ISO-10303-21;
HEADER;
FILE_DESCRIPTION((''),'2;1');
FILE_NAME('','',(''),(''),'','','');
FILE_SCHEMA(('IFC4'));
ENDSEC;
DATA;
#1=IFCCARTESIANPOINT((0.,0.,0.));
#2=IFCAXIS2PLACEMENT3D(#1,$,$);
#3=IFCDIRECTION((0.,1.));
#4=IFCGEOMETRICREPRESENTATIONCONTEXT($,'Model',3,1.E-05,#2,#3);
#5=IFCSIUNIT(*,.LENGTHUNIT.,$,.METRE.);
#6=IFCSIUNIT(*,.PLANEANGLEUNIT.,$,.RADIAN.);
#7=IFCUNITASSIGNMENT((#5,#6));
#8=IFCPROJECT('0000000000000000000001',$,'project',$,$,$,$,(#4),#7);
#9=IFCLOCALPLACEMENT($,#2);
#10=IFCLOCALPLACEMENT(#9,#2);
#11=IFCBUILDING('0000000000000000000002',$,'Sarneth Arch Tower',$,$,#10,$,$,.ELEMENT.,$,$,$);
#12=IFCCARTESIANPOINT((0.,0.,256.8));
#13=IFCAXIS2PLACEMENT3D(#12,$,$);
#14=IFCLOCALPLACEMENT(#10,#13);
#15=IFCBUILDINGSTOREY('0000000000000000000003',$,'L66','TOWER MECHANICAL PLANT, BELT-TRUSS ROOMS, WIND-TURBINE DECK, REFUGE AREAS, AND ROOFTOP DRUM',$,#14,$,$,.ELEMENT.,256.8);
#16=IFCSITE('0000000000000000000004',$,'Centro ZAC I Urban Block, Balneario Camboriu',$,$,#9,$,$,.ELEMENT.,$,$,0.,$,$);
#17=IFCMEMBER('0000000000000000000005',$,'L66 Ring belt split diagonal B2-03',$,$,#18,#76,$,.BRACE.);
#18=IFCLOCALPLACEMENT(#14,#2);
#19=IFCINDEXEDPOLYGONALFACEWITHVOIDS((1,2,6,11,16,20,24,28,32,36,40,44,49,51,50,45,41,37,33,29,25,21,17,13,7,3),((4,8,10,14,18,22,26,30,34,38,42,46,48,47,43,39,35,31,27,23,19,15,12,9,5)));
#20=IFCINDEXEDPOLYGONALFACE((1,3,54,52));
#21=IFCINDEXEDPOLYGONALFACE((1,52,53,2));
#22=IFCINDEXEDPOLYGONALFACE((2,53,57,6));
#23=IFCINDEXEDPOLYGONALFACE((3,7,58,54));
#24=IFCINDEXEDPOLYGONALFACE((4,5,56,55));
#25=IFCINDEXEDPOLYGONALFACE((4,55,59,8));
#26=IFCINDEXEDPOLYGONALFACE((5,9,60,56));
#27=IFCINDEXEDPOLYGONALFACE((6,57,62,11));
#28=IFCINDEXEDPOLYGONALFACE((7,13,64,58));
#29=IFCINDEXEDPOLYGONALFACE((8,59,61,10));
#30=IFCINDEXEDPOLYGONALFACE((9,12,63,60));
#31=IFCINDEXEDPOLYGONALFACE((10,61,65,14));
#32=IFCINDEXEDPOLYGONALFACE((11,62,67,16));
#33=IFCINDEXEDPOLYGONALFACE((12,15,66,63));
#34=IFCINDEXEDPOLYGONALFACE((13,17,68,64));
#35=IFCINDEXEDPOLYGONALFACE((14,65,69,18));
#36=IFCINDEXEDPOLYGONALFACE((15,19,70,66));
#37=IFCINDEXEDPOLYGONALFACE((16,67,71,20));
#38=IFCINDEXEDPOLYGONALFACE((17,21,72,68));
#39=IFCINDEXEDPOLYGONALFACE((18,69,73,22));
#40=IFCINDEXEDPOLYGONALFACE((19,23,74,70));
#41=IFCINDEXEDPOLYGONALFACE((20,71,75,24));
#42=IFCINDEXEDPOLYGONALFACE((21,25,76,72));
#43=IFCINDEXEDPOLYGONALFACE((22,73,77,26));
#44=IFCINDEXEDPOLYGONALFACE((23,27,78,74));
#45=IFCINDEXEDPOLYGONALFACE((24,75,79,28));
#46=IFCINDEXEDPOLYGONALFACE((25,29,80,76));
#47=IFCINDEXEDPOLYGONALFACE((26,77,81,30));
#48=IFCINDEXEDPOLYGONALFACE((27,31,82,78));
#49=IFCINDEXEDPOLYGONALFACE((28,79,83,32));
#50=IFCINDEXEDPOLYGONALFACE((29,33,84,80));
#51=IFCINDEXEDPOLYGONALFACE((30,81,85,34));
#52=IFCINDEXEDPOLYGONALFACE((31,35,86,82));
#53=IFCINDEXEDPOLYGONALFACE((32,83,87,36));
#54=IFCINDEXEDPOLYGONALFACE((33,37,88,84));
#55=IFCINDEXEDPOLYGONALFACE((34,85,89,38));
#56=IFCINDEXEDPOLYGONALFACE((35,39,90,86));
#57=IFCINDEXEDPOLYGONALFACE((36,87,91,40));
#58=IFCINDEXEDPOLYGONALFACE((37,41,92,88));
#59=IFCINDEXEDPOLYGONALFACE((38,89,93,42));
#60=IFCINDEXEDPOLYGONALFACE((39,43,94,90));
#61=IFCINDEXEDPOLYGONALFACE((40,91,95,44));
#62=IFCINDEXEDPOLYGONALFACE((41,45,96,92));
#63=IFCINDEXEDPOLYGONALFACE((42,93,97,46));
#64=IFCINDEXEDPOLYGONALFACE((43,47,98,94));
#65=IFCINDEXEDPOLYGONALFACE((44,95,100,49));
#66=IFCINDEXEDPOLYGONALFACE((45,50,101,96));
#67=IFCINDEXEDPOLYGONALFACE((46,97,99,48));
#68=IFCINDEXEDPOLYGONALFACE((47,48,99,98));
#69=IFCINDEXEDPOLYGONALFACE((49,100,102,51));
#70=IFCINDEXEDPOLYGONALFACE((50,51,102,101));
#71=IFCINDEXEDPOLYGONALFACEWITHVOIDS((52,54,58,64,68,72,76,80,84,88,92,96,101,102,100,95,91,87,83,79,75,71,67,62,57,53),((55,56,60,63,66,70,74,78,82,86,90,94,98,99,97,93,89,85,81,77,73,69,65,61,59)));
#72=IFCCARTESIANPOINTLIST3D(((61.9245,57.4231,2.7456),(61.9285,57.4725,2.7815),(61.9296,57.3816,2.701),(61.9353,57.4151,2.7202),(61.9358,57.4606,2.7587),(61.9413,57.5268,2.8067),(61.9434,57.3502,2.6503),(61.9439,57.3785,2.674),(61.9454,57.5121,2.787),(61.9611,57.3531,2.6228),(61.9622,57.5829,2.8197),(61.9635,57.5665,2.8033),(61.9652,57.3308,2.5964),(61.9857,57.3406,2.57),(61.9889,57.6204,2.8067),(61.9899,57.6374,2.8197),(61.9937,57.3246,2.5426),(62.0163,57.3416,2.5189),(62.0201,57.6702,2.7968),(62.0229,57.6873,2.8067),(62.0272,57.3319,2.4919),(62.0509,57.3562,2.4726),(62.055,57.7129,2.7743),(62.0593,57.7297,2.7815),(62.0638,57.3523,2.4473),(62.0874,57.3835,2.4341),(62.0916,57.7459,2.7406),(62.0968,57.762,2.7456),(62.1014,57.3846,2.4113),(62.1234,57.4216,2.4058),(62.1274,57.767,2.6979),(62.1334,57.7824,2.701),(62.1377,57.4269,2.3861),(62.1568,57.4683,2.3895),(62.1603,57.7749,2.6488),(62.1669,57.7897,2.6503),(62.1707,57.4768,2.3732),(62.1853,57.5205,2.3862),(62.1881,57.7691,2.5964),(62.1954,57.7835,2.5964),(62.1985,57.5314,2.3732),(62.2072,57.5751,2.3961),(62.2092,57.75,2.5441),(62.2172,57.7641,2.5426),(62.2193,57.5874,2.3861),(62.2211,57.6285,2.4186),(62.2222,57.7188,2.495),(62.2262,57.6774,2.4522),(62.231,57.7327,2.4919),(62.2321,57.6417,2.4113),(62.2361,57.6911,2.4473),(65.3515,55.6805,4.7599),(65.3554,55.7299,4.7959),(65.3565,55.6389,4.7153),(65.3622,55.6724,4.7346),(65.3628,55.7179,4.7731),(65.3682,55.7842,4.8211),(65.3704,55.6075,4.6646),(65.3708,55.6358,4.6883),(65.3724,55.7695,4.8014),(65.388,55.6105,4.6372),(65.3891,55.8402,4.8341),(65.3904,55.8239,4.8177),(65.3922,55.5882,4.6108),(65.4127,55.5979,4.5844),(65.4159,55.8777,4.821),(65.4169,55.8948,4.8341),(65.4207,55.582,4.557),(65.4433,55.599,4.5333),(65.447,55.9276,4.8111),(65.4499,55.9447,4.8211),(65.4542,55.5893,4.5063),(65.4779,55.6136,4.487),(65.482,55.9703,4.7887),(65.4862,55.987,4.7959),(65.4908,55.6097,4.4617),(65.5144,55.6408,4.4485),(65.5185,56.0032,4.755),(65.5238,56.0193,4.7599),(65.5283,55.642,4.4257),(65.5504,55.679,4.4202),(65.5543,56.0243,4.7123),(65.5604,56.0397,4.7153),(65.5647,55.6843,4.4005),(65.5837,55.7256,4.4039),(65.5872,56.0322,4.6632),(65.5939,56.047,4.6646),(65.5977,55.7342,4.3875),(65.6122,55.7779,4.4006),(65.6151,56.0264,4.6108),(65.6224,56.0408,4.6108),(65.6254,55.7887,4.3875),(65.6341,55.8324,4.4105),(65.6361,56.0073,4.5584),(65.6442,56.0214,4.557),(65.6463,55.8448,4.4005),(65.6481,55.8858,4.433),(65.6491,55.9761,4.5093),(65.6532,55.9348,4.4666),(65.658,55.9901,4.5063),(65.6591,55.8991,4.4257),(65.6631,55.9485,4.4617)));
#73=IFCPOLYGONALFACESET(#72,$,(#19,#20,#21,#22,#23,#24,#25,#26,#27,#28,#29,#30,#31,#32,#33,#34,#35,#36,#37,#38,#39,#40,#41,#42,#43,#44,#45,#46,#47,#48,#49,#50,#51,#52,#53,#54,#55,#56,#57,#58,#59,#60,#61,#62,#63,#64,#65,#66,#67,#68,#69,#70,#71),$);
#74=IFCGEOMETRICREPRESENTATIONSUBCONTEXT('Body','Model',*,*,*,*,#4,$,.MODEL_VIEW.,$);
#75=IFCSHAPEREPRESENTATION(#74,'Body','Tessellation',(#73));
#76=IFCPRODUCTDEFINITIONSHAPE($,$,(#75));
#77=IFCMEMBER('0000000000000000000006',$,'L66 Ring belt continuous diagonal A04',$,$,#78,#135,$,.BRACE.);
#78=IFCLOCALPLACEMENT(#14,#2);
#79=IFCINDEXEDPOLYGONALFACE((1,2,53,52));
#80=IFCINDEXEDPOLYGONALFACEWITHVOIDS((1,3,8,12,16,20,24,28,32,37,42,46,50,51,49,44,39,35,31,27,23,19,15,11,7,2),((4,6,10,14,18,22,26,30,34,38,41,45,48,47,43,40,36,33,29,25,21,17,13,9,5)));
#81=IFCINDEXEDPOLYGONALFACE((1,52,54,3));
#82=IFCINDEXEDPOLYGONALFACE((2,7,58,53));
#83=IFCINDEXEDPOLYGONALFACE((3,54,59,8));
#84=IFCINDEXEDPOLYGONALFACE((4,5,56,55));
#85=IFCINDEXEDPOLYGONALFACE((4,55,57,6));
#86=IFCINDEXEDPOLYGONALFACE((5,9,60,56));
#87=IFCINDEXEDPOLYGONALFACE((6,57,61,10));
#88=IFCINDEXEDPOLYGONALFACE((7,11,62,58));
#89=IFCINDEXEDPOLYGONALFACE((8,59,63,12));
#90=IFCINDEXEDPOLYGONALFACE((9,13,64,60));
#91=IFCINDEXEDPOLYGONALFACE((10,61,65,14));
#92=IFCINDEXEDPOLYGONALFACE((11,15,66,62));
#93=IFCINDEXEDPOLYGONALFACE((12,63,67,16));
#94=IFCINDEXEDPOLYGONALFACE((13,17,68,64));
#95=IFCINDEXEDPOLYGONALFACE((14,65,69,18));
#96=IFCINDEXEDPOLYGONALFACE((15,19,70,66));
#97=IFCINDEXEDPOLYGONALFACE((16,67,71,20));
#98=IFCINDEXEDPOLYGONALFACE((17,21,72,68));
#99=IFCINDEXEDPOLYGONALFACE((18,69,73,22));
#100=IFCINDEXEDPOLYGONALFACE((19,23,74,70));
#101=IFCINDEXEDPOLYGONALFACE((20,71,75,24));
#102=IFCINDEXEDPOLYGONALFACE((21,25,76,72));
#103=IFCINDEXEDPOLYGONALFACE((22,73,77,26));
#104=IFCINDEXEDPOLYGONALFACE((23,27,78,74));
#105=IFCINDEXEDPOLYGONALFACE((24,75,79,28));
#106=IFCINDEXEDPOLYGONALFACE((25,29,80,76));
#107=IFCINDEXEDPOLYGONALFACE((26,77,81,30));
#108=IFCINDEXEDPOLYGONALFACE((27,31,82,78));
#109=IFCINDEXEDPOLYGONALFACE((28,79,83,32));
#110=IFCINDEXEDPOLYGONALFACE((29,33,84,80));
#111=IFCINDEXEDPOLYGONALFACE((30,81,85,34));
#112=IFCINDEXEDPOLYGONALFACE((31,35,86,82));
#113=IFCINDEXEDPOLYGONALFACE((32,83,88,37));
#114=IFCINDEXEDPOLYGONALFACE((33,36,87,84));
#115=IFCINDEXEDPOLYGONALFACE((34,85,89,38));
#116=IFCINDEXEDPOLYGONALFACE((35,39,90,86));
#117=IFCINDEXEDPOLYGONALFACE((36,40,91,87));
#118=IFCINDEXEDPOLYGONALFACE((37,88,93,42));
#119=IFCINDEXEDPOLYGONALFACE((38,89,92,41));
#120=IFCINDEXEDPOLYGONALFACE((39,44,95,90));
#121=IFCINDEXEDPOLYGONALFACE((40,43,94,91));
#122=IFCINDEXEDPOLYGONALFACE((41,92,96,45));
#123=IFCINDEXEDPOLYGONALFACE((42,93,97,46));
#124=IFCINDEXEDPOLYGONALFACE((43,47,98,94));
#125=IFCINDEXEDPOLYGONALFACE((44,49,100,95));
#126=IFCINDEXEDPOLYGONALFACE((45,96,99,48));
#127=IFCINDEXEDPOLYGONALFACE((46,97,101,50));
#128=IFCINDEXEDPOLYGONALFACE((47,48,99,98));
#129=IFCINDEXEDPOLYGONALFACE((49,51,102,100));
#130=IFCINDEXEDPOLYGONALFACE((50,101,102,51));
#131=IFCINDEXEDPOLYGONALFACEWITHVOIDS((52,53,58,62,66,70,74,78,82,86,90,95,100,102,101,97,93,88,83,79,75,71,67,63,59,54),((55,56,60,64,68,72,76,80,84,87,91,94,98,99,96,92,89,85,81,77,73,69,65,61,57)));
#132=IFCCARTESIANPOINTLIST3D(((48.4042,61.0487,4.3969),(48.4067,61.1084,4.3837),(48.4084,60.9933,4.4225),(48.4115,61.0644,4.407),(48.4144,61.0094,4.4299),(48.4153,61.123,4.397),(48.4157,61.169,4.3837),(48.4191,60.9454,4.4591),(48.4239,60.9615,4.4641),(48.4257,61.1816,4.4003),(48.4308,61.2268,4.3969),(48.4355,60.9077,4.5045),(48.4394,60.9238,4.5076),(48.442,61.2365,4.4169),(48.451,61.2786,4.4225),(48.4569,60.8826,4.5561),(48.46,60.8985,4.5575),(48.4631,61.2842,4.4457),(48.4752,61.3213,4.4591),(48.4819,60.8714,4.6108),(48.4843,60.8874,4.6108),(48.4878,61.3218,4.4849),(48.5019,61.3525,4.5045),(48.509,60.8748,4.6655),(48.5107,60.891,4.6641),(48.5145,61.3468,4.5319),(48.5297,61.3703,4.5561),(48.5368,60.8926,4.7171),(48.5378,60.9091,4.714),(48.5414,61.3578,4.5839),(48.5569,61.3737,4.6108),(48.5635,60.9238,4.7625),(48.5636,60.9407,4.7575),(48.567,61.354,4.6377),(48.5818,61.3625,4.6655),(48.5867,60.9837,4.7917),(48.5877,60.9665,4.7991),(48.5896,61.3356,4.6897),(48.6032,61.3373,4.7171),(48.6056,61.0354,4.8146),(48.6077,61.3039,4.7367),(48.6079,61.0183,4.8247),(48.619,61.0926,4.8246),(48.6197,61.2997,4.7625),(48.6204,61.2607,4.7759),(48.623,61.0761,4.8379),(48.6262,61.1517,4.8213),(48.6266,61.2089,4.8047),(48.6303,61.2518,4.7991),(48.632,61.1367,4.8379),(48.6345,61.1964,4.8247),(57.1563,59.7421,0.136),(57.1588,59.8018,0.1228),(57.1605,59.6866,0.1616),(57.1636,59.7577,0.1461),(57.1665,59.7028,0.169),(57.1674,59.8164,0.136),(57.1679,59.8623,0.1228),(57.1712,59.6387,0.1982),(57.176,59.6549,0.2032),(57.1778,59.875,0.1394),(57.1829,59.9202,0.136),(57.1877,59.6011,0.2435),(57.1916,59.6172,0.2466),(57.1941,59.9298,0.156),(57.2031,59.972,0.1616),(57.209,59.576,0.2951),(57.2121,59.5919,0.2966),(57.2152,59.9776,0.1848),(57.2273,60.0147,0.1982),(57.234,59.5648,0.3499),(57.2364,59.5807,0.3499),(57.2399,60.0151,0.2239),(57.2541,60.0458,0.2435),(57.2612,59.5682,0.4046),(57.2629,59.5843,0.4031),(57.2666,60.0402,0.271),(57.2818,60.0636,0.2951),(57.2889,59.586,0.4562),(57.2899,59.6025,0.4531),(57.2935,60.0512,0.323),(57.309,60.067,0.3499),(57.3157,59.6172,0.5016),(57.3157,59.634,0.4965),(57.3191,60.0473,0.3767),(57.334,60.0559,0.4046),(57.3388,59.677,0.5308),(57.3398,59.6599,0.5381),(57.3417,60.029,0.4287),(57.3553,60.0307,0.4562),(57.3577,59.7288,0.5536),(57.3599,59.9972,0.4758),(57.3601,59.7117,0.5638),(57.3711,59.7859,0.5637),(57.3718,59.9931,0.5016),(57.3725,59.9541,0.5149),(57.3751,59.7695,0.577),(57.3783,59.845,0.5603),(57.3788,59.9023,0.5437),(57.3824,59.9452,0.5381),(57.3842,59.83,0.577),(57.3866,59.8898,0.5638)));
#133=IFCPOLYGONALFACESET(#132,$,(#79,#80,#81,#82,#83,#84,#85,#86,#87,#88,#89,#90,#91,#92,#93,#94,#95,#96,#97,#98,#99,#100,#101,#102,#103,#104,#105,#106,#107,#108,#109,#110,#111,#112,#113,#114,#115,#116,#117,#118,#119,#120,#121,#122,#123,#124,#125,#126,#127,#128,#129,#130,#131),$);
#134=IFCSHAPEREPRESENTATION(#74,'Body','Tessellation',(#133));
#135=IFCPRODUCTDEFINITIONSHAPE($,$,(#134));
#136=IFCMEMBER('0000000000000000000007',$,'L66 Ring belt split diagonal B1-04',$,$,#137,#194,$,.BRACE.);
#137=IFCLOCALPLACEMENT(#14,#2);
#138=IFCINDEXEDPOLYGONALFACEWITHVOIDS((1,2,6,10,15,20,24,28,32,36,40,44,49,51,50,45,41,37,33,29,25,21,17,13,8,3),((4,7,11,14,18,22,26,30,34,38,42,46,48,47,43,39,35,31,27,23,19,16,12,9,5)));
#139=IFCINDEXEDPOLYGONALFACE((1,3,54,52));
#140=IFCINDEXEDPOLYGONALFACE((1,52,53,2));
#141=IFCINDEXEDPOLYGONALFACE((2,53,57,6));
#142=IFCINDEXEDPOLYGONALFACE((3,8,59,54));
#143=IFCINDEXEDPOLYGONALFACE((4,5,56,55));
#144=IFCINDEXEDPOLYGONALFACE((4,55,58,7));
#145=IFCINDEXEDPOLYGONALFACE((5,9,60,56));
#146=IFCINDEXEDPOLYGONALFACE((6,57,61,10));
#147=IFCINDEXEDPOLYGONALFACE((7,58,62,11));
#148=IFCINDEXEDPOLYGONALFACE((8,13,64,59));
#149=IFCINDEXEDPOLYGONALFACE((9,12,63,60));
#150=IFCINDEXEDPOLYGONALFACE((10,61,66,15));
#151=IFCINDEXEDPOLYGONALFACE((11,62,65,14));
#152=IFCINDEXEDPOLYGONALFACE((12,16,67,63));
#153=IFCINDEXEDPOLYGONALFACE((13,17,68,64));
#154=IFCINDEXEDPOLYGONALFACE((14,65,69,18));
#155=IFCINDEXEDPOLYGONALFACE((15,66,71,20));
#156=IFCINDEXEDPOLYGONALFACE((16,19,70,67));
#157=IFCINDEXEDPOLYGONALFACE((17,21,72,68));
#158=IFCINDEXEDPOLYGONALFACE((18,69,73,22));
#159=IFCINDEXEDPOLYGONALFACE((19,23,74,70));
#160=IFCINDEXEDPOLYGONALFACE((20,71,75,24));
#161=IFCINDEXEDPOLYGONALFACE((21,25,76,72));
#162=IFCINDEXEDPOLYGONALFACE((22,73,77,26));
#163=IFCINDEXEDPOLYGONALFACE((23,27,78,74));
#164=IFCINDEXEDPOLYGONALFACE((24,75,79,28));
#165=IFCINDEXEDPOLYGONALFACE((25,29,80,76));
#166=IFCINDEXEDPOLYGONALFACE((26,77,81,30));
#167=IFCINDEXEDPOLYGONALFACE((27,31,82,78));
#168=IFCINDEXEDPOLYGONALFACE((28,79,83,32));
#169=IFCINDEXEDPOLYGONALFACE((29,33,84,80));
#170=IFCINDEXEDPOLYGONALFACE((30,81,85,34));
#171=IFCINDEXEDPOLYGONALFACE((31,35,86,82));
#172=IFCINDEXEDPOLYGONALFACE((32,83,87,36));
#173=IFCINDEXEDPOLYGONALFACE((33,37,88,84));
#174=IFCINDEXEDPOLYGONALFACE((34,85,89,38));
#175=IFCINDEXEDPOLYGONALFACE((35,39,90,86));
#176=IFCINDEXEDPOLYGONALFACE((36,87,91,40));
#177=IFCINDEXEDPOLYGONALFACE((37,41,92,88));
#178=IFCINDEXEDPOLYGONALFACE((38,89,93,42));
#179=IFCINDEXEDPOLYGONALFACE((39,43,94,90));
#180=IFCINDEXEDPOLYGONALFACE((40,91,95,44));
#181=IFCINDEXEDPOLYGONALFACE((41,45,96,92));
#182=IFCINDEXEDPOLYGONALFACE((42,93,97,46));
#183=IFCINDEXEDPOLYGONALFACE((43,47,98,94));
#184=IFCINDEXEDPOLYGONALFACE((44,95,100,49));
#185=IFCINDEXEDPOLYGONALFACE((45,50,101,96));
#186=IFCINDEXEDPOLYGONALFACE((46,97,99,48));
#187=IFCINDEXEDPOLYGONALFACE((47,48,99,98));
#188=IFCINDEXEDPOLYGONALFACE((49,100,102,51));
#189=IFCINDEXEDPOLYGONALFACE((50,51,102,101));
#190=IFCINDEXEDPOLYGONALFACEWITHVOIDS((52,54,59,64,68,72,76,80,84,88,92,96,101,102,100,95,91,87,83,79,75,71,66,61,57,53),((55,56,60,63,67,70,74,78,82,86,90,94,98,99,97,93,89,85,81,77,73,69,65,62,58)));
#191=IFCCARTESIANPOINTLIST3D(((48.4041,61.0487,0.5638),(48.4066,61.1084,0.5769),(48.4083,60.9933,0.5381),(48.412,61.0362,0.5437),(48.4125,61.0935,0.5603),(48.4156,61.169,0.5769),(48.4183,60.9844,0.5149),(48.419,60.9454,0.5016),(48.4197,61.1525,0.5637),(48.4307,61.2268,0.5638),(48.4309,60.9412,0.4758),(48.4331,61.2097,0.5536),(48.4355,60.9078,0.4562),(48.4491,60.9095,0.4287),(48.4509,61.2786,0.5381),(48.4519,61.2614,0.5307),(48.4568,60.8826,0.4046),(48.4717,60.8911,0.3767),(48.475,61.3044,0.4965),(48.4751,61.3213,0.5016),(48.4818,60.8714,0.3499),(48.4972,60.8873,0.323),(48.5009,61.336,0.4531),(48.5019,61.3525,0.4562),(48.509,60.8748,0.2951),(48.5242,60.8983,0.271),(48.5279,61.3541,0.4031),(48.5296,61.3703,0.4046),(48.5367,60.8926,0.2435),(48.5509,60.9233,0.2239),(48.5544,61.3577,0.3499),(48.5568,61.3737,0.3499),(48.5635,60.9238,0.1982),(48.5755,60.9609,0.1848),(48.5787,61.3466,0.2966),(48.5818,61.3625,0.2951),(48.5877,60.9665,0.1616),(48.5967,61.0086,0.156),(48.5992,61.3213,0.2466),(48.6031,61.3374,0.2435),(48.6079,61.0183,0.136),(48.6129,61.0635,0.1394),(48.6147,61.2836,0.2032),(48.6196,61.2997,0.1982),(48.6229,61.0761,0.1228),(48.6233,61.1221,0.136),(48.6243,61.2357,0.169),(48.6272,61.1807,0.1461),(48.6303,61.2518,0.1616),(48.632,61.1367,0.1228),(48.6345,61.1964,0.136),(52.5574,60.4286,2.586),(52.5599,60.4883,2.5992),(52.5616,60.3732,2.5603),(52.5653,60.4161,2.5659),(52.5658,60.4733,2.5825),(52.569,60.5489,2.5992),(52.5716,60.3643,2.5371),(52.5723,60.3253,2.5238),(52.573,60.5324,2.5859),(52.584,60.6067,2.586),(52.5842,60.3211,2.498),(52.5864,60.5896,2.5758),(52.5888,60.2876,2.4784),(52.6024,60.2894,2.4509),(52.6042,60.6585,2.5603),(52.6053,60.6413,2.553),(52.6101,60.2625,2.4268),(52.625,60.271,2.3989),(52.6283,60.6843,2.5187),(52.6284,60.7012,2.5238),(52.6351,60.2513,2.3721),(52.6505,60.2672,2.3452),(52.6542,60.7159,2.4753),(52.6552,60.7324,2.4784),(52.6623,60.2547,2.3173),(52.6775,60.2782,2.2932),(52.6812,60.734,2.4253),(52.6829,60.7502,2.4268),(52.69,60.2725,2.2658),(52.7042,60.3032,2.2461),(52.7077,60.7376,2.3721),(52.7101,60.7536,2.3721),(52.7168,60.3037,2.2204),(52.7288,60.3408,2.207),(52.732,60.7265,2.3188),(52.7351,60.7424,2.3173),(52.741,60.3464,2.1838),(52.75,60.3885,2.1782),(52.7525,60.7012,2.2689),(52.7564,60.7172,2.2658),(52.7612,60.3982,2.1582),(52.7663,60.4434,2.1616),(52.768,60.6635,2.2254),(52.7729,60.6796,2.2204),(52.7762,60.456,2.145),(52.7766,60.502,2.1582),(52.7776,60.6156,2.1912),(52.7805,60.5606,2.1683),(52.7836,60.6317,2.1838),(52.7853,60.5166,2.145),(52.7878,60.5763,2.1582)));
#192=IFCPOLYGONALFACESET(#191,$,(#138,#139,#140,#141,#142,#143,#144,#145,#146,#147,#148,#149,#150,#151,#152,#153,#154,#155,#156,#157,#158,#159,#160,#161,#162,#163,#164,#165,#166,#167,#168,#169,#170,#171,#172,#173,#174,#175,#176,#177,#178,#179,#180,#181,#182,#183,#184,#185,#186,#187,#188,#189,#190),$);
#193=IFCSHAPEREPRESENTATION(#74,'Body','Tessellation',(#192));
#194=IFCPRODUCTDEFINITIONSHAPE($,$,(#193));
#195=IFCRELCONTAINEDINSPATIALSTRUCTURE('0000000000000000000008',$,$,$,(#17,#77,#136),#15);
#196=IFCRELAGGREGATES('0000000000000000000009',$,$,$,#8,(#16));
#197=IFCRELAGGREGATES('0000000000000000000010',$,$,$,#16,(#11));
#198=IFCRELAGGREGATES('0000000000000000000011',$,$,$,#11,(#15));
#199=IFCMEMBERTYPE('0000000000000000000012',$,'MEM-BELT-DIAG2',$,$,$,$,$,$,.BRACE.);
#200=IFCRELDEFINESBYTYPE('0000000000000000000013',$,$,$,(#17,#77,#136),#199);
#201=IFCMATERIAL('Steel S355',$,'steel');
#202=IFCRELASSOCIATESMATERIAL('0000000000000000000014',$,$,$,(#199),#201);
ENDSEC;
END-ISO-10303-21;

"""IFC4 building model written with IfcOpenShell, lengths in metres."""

from ifc_helpers import new_model, si_unit, direction, frame, origin, origin_2d, place, context, subcontext, project, spatial, hollow_circle, extrude, material, material_profile, profile_set, type_object, element, save


model = new_model("IFC4")

# Units and contexts
model_context = context("Model", 3, precision=1e-05, world=origin(), true_north=direction((0.0, 1.0)))
body_context = subcontext(model_context, "Body", "Model", "MODEL_VIEW")
ifc_project = project(units=[si_unit("LENGTHUNIT", "METRE"), si_unit("PLANEANGLEUNIT", "RADIAN")], contexts=[model_context])

# Site, building, storey
site_placement = place(None, origin())
site = spatial("IfcSite", under=ifc_project, at=site_placement, Name="Centro ZAC I Urban Block, Balneario Camboriu", CompositionType="ELEMENT", RefElevation=0.0)
building_placement = place(site_placement, origin())
building = spatial("IfcBuilding", under=site, at=building_placement, Name="Sarneth Arch Tower", CompositionType="ELEMENT")
storey_placement = place(building_placement, frame((0.0, 0.0, 256.8)))
storey = spatial("IfcBuildingStorey", under=building, at=storey_placement, Name="L66", Description="TOWER MECHANICAL PLANT, BELT-TRUSS ROOMS, WIND-TURBINE DECK, REFUGE AREAS, AND ROOFTOP DRUM", CompositionType="ELEMENT", Elevation=256.8)

# Members
ifc_material_1 = material(Name="Steel S355", Category="steel")
ifc_material_profile_1 = material_profile(ifc_material_1, hollow_circle(Radius=0.2539, WallThickness=0.0161, at=origin_2d()), Name="CHS508x16")
ifc_profile_set_1 = profile_set([ifc_material_profile_1], Name="Steel S355")
member_type_1 = type_object("IfcMemberType", Name="MEM-BELT-DIAG2", PredefinedType="BRACE", material=ifc_profile_set_1)
for number, where, z_axis, x_axis, name in (
    (1, (62.0803, 57.5571, 2.5964), (0.789559, -0.401501, 0.464106), (0.453274, 0.891371, 0.0), "L66 Ring belt split diagonal B2-03"),
):
    element("IfcMember", number, at=place(storey_placement, frame(where, z_axis=z_axis, x_axis=x_axis)), inside=storey, type_object=member_type_1, Name=name, PredefinedType="BRACE", context=body_context, shape_type="SweptSolid", body=[
        extrude(hollow_circle(Radius=0.2539, WallThickness=0.0161, at=origin_2d()), origin(), (0.0, 0.0, 1.0), 4.3403),
    ])
member_1_placement = place(storey_placement, frame((57.2715, 59.8159, 0.3499), z_axis=(-0.891115, 0.133037, 0.433837), x_axis=(-0.147656, -0.989039, 0.0)))
element("IfcMember", 2, at=member_1_placement, inside=storey, type_object=member_type_1, Name="L66 Ring belt continuous diagonal A04", PredefinedType="BRACE", context=body_context, shape_type="SweptSolid", body=[
    extrude(hollow_circle(Radius=0.2539, WallThickness=0.0161, at=origin_2d()), origin(), (0.0, 0.0, 1.0), 9.8215),
])
for number, where, z_axis, x_axis, name in (
    (3, (48.5193, 61.1226, 0.3499), (0.891099, -0.133047, 0.433868), (0.147669, 0.989037, 0.0), "L66 Ring belt split diagonal B1-04"),
):
    element("IfcMember", number, at=place(storey_placement, frame(where, z_axis=z_axis, x_axis=x_axis)), inside=storey, type_object=member_type_1, Name=name, PredefinedType="BRACE", context=body_context, shape_type="SweptSolid", body=[
        extrude(hollow_circle(Radius=0.2539, WallThickness=0.0161, at=origin_2d()), origin(), (0.0, 0.0, 1.0), 4.6609),
    ])

save(model, "model.ifc")
